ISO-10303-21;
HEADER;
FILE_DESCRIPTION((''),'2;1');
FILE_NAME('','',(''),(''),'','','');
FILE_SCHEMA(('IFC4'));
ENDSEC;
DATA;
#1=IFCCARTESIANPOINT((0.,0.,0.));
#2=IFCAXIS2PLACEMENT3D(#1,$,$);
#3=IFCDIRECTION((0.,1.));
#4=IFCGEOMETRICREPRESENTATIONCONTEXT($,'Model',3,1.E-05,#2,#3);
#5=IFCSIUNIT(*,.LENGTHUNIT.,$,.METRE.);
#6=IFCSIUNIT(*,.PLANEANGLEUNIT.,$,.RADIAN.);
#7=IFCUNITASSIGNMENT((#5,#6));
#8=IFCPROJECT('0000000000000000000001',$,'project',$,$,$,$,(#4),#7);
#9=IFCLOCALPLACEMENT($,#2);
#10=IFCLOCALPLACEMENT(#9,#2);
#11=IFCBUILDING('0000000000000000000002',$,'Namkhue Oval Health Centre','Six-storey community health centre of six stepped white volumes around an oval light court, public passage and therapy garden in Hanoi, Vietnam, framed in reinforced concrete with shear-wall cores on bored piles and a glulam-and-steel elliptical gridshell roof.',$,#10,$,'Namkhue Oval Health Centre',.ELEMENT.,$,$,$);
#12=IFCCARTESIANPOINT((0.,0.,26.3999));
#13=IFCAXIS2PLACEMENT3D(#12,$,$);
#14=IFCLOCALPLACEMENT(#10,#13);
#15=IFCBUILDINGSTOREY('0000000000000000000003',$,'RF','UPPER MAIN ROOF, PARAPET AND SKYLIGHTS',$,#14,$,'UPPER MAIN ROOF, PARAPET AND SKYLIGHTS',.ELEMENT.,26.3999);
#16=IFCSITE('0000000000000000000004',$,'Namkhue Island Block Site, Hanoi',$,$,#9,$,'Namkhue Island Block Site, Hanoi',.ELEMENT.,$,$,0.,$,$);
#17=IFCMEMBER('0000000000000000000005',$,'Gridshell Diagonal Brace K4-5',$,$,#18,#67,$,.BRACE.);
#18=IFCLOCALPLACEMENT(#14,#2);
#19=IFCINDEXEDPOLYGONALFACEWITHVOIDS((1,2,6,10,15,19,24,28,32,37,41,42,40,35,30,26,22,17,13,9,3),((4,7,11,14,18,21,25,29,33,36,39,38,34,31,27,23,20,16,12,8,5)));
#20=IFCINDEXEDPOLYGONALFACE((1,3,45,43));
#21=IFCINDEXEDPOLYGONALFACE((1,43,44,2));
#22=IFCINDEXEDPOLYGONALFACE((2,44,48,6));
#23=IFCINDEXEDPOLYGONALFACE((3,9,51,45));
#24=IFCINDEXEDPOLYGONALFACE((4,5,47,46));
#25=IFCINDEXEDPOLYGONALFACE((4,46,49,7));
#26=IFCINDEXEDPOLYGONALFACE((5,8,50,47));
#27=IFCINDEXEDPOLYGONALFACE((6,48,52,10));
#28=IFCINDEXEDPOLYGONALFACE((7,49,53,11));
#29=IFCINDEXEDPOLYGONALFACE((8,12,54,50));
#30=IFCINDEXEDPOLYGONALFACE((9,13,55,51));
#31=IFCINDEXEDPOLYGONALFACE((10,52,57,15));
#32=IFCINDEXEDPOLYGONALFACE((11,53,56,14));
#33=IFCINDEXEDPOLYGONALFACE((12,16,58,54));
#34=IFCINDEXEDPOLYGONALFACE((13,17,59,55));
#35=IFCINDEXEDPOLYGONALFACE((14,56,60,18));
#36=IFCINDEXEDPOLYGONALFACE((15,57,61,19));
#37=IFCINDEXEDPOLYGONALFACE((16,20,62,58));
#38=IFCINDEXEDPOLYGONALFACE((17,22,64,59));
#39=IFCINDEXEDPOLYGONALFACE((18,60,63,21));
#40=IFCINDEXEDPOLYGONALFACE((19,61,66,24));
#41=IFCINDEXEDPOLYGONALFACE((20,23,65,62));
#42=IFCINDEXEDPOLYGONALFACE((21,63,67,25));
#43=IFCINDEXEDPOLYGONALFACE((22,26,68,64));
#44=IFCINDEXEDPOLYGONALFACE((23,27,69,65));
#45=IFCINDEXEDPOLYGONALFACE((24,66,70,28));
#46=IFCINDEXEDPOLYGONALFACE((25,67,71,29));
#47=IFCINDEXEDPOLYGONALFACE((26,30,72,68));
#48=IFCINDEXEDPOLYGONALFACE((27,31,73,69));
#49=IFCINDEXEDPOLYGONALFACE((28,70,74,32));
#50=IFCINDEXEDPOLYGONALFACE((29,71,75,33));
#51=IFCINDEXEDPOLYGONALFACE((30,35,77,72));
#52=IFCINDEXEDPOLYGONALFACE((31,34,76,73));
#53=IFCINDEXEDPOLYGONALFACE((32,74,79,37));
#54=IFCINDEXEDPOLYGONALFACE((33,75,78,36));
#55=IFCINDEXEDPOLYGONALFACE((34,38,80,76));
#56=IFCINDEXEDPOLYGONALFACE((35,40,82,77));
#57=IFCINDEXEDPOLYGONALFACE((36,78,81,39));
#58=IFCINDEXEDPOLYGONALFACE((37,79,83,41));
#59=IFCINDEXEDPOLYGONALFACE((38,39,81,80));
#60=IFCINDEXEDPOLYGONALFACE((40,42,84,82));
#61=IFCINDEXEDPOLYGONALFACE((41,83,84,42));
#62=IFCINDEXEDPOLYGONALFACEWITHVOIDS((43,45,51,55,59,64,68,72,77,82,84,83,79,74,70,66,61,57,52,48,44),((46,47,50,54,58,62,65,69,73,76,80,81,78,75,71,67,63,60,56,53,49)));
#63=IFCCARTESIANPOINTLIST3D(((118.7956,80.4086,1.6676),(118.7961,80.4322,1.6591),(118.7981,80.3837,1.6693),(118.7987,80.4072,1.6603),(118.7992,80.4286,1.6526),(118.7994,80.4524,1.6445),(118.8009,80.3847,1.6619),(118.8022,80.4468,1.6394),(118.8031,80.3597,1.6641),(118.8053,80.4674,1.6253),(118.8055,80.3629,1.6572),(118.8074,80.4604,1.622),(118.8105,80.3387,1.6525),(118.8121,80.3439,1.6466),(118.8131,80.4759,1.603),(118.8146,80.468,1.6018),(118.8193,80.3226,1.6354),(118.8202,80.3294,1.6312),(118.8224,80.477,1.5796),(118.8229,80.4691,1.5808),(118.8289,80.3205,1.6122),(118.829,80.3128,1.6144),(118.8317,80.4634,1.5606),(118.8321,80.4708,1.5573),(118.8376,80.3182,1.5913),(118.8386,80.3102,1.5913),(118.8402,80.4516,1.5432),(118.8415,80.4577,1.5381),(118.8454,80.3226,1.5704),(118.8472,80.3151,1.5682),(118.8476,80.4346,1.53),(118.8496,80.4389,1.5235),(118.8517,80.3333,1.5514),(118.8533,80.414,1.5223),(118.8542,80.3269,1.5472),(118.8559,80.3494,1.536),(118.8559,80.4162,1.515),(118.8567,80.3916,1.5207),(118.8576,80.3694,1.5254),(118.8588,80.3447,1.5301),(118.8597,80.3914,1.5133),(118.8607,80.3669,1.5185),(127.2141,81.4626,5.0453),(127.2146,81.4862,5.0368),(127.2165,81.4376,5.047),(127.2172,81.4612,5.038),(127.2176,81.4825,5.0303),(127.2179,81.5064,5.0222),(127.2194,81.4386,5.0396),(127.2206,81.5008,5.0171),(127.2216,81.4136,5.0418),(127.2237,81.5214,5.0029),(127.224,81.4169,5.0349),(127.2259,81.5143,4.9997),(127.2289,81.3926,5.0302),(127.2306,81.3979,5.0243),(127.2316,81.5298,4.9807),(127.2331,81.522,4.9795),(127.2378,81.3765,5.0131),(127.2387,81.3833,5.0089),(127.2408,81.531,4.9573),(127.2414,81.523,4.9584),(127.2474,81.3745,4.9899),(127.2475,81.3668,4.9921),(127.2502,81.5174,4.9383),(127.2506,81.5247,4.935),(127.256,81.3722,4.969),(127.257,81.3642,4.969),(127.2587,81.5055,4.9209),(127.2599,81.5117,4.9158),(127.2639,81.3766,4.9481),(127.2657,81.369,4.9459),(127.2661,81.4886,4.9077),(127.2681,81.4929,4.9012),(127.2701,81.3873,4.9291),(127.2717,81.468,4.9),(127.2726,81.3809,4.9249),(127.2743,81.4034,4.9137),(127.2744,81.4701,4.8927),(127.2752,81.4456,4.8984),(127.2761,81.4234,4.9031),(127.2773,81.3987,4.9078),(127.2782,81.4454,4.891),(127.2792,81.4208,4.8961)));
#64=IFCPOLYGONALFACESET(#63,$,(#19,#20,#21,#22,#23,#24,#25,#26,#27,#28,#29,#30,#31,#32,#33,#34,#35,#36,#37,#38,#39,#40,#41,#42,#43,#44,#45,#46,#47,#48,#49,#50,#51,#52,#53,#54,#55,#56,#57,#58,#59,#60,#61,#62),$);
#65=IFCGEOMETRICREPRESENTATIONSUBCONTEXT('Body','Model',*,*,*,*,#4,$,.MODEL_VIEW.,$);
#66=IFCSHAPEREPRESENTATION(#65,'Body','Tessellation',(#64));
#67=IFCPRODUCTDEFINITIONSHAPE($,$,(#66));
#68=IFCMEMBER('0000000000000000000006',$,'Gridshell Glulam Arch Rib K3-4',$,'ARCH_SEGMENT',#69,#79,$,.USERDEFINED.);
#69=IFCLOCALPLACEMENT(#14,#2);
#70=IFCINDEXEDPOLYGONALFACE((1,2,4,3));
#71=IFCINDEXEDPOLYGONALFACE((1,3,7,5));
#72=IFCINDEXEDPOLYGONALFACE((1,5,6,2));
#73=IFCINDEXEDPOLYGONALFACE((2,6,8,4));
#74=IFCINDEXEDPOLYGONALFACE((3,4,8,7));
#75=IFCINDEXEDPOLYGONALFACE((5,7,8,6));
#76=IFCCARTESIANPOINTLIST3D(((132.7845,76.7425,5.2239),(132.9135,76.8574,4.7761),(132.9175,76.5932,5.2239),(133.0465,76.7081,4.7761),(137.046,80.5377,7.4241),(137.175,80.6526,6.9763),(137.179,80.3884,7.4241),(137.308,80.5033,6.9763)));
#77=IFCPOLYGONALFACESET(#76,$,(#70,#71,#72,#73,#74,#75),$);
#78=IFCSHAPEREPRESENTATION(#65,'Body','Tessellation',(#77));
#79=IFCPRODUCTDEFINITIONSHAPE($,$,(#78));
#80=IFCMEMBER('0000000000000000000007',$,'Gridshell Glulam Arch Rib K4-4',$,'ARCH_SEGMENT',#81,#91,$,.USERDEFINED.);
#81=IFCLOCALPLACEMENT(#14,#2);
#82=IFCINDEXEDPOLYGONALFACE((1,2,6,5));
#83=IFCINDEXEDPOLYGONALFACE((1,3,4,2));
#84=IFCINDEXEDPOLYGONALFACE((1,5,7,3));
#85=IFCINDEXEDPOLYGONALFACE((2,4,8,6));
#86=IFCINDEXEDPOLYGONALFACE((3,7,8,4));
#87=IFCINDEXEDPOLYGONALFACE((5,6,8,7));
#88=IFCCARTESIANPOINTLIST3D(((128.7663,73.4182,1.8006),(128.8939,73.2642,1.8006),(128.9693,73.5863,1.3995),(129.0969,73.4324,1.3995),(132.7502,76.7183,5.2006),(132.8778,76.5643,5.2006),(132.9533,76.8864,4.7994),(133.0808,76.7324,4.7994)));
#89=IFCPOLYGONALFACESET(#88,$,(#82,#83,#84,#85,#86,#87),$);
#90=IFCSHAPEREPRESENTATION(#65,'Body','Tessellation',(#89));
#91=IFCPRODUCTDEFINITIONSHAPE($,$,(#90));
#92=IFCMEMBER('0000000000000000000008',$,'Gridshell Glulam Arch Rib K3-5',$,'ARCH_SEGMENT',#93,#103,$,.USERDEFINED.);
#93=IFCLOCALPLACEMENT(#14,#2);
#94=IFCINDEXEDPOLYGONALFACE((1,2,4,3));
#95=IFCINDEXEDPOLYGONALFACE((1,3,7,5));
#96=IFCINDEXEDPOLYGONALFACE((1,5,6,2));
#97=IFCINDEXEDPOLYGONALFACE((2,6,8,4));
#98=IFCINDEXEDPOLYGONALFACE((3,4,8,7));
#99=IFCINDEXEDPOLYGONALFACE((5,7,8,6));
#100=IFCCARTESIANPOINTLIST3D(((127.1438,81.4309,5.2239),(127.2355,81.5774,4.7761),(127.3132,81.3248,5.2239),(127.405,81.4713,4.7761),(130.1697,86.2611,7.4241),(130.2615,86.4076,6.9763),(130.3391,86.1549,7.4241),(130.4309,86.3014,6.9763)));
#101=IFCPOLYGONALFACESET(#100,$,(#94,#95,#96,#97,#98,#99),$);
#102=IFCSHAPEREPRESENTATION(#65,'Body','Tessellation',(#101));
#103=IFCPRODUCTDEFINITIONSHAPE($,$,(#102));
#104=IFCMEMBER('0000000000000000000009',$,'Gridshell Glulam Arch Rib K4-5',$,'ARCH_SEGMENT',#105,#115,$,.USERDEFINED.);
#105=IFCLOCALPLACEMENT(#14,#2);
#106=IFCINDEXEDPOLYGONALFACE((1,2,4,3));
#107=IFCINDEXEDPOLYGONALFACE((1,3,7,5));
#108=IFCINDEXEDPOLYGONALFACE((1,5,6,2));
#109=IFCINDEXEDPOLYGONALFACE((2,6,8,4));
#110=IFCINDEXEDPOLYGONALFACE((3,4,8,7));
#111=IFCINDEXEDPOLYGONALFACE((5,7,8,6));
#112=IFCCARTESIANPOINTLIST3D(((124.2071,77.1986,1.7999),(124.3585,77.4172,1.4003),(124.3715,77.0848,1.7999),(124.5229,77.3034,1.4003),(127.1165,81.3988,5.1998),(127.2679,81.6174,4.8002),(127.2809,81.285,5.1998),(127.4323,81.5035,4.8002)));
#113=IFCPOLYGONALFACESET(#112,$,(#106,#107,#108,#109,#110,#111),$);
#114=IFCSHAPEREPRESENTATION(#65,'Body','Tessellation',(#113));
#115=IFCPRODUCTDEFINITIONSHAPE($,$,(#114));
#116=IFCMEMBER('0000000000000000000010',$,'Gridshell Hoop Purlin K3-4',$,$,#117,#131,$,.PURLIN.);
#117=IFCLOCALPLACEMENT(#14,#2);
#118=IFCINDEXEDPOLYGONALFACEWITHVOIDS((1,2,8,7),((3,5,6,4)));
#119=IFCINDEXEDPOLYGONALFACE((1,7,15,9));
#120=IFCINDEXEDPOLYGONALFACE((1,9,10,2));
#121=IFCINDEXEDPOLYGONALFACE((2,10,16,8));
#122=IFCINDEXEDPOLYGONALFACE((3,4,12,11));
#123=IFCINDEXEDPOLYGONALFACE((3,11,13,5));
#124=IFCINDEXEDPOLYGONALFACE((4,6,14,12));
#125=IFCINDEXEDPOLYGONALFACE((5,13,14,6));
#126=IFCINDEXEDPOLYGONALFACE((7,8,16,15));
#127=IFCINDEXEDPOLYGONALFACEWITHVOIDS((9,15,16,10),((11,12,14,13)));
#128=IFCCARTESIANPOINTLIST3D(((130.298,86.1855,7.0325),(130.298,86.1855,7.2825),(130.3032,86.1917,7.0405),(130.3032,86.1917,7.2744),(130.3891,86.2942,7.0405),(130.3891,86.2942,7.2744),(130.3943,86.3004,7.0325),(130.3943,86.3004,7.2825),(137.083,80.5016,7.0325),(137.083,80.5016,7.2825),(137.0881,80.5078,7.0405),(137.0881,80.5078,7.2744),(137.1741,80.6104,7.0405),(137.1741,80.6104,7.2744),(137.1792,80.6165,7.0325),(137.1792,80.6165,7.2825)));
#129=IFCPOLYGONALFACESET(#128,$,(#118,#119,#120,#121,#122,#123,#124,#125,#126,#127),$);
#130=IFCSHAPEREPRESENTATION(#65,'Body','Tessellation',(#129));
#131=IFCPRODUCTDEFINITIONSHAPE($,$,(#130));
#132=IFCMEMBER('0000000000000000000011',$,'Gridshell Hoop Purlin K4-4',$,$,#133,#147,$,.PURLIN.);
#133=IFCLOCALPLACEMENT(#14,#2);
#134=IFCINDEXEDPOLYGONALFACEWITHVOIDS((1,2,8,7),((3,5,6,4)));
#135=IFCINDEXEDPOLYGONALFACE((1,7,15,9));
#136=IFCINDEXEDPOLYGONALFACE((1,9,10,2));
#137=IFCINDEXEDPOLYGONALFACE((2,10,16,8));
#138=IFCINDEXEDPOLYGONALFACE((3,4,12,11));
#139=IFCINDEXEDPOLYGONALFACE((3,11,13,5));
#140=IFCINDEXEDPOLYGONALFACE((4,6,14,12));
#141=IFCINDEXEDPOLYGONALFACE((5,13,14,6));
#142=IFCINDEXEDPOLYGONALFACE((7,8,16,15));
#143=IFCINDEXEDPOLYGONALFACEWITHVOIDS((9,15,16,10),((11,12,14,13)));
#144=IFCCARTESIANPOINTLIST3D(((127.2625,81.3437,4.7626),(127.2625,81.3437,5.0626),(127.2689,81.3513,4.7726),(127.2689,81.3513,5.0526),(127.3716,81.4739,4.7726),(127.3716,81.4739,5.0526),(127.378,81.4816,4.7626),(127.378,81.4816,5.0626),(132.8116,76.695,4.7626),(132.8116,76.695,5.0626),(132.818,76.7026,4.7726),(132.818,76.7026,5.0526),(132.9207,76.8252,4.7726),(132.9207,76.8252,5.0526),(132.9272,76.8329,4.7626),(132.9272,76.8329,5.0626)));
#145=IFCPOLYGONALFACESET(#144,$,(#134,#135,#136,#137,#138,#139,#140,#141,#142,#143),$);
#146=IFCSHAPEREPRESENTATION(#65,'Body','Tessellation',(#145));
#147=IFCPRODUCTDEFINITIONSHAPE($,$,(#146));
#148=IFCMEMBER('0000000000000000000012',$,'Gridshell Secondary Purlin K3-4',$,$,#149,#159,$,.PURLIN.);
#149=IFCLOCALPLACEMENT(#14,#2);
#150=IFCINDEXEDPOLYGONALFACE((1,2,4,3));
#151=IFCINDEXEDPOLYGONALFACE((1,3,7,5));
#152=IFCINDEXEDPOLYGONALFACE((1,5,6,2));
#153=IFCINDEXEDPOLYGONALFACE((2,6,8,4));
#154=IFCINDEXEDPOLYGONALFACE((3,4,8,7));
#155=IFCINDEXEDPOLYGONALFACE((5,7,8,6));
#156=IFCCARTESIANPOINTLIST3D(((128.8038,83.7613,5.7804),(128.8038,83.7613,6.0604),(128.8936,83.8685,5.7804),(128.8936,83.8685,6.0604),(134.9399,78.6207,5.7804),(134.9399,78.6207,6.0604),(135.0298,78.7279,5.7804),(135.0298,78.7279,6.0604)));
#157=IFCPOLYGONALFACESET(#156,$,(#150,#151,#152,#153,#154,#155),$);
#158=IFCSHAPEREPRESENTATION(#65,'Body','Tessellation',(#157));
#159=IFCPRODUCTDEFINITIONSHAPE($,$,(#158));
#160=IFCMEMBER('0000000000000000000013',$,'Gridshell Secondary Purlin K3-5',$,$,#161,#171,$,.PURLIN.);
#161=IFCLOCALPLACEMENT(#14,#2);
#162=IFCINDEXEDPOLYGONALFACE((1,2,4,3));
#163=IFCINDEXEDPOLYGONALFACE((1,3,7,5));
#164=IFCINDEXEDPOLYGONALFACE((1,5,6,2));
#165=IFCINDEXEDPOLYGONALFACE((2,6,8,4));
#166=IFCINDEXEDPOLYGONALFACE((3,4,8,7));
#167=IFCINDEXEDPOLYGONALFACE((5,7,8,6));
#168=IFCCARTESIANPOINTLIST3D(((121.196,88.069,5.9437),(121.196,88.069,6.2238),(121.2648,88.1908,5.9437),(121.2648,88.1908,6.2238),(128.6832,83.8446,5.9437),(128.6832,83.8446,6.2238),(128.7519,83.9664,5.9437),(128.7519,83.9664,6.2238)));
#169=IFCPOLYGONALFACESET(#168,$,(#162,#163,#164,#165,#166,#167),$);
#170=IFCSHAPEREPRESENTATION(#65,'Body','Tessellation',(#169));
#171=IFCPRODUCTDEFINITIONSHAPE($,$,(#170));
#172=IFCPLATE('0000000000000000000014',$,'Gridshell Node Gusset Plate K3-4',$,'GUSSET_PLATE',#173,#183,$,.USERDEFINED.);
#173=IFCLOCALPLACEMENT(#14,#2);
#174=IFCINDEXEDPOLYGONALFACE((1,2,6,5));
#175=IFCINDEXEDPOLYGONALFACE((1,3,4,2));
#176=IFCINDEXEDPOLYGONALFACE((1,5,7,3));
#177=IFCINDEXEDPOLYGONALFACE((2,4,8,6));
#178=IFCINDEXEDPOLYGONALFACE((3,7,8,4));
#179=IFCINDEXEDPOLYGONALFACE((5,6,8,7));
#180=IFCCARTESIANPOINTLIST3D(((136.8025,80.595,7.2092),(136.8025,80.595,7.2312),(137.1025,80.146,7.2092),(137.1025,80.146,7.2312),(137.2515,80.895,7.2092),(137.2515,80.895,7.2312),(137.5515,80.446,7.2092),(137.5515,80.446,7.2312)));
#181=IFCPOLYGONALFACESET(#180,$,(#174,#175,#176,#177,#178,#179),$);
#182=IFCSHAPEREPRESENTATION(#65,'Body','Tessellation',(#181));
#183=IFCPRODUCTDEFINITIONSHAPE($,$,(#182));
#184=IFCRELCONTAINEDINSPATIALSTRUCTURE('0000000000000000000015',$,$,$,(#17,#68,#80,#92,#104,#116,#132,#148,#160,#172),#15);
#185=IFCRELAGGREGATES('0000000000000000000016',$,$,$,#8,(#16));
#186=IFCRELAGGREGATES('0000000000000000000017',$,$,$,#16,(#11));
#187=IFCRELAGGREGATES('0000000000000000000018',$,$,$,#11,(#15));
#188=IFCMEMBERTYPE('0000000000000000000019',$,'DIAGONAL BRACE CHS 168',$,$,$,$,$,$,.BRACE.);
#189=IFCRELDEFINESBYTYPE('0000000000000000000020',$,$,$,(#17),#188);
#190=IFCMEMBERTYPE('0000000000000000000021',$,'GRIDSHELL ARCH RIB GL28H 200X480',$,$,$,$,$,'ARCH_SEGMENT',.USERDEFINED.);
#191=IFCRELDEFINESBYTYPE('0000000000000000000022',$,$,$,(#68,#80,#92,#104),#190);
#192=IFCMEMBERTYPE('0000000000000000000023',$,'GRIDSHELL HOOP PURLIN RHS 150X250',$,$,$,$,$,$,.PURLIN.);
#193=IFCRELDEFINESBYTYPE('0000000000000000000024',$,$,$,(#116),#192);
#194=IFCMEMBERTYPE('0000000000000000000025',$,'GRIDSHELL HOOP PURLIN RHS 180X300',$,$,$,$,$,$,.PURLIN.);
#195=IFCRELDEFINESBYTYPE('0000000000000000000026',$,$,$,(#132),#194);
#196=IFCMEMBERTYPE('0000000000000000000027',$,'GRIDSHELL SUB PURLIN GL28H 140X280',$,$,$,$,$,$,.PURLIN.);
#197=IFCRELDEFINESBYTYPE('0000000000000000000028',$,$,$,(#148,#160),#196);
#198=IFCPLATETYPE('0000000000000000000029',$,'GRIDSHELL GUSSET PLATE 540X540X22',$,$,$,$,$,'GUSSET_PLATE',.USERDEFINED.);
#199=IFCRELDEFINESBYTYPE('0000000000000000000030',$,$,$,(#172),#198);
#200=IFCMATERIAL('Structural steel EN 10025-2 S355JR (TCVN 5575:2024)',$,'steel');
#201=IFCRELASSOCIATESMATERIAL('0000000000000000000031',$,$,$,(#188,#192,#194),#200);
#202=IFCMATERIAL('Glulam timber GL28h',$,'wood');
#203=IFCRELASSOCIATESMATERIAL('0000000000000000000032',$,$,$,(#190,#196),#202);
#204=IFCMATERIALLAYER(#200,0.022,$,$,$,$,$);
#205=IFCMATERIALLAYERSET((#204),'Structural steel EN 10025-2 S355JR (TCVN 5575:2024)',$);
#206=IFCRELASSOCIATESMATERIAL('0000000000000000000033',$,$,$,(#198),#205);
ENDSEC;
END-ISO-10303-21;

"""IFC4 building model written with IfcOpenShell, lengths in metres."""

from ifc_helpers import new_model, si_unit, direction, frame, origin, origin_2d, place, context, subcontext, project, spatial, rectangle, hollow_rectangle, hollow_circle, extrude, material, layer, layer_set, material_profile, profile_set, type_object, element, save


model = new_model("IFC4")

# Units and contexts
model_context = context("Model", 3, precision=1e-05, world=origin(), true_north=direction((0.0, 1.0)))
body_context = subcontext(model_context, "Body", "Model", "MODEL_VIEW")
ifc_project = project(units=[si_unit("LENGTHUNIT", "METRE"), si_unit("PLANEANGLEUNIT", "RADIAN")], contexts=[model_context])

# Site, building, storey
site_placement = place(None, origin())
site = spatial("IfcSite", under=ifc_project, at=site_placement, Name="Namkhue Island Block Site, Hanoi", LongName="Namkhue Island Block Site, Hanoi", CompositionType="ELEMENT", RefElevation=0.0)
building_placement = place(site_placement, origin())
building = spatial("IfcBuilding", under=site, at=building_placement, Name="Namkhue Oval Health Centre", Description="Six-storey community health centre of six stepped white volumes around an oval light court, public passage and therapy garden in Hanoi, Vietnam, framed in reinforced concrete with shear-wall cores on bored piles and a glulam-and-steel elliptical gridshell roof.", LongName="Namkhue Oval Health Centre", CompositionType="ELEMENT")
storey_placement = place(building_placement, frame((0.0, 0.0, 26.3999)))
storey = spatial("IfcBuildingStorey", under=building, at=storey_placement, Name="RF", Description="UPPER MAIN ROOF, PARAPET AND SKYLIGHTS", LongName="UPPER MAIN ROOF, PARAPET AND SKYLIGHTS", CompositionType="ELEMENT", Elevation=26.3999)

# Members
ifc_material_1 = material(Name="Structural steel EN 10025-2 S355JR (TCVN 5575:2024)", Category="steel")
ifc_material_profile_1 = material_profile(ifc_material_1, hollow_circle(Radius=0.0842, WallThickness=0.0081, at=origin_2d()), Name="CHS 168.3x8")
ifc_profile_set_1 = profile_set([ifc_material_profile_1], Name="Structural steel EN 10025-2 S355JR (TCVN 5575:2024)")
member_type_1 = type_object("IfcMemberType", Name="DIAGONAL BRACE CHS 168", PredefinedType="BRACE", material=ifc_profile_set_1)
member_1_placement = place(storey_placement, frame((127.2466, 81.4478, 4.969), z_axis=(-0.921882, -0.115416, -0.369881), x_axis=(0.124226, -0.992254, 0.0)))
element("IfcMember", 1, at=member_1_placement, inside=storey, type_object=member_type_1, Name="Gridshell Diagonal Brace K4-5", PredefinedType="BRACE", context=body_context, shape_type="SweptSolid", body=[
    extrude(hollow_circle(Radius=0.0842, WallThickness=0.0081, at=origin_2d()), origin(), (0.0, 0.0, 1.0), 9.1318),
])
ifc_material_2 = material(Name="Glulam timber GL28h", Category="wood")
ifc_material_profile_2 = material_profile(ifc_material_2, rectangle(XDim=0.2, YDim=0.48, at=origin_2d()), Name="GL28h 200x480")
ifc_profile_set_2 = profile_set([ifc_material_profile_2], Name="Glulam timber GL28h")
member_type_2 = type_object("IfcMemberType", Name="GRIDSHELL ARCH RIB GL28H 200X480", ElementType="ARCH_SEGMENT", PredefinedType="USERDEFINED", material=ifc_profile_set_2)
member_2_placement = place(storey_placement, frame((137.177, 80.5205, 7.2002), z_axis=(-0.696785, -0.62054, -0.35975), x_axis=(0.665067, -0.746783, 0.0)))
element("IfcMember", 2, at=member_2_placement, inside=storey, type_object=member_type_2, Name="Gridshell Glulam Arch Rib K3-4", ObjectType="ARCH_SEGMENT", PredefinedType="USERDEFINED", context=body_context, shape_type="SweptSolid", body=[
    extrude(rectangle(XDim=0.2, YDim=0.48, at=origin_2d()), origin(), (0.0, 0.0, 1.0), 6.116),
])
member_3_placement = place(storey_placement, frame((132.9155, 76.7253, 5.0), z_axis=(-0.643559, -0.533092, -0.549222), x_axis=(0.637916, -0.770106, 0.0)))
element("IfcMember", 3, at=member_3_placement, inside=storey, type_object=member_type_2, Name="Gridshell Glulam Arch Rib K4-4", ObjectType="ARCH_SEGMENT", PredefinedType="USERDEFINED", context=body_context, shape_type="SweptSolid", body=[
    extrude(rectangle(XDim=0.2, YDim=0.48, at=origin_2d()), origin(), (0.0, 0.0, 1.0), 6.1904),
])
member_4_placement = place(storey_placement, frame((130.3003, 86.2812, 7.2002), z_axis=(-0.495271, -0.79058, -0.360125), x_axis=(0.84744, -0.530892, 0.0)))
element("IfcMember", 4, at=member_4_placement, inside=storey, type_object=member_type_2, Name="Gridshell Glulam Arch Rib K3-5", ObjectType="ARCH_SEGMENT", PredefinedType="USERDEFINED", context=body_context, shape_type="SweptSolid", body=[
    extrude(rectangle(XDim=0.2, YDim=0.48, at=origin_2d()), origin(), (0.0, 0.0, 1.0), 6.1096),
])
member_5_placement = place(storey_placement, frame((127.2744, 81.4512, 5.0), z_axis=(-0.474061, -0.684378, -0.553979), x_axis=(0.822046, -0.569421, 0.0)))
element("IfcMember", 5, at=member_5_placement, inside=storey, type_object=member_type_2, Name="Gridshell Glulam Arch Rib K4-5", ObjectType="ARCH_SEGMENT", PredefinedType="USERDEFINED", context=body_context, shape_type="SweptSolid", body=[
    extrude(rectangle(XDim=0.2, YDim=0.48, at=origin_2d()), origin(), (0.0, 0.0, 1.0), 6.1372),
])
ifc_material_profile_3 = material_profile(ifc_material_1, hollow_rectangle(XDim=0.1499, YDim=0.25, WallThickness=0.0081, at=origin_2d()), Name="RHS 150x250x8")
ifc_profile_set_3 = profile_set([ifc_material_profile_3], Name="Structural steel EN 10025-2 S355JR (TCVN 5575:2024)")
member_type_3 = type_object("IfcMemberType", Name="GRIDSHELL HOOP PURLIN RHS 150X250", PredefinedType="PURLIN", material=ifc_profile_set_3)
member_6_placement = place(storey_placement, frame((137.1311, 80.5591, 7.1575), z_axis=(-0.766566, 0.642166, 0.0), x_axis=(-0.642166, -0.766566, 0.0)))
element("IfcMember", 6, at=member_6_placement, inside=storey, type_object=member_type_3, Name="Gridshell Hoop Purlin K3-4", PredefinedType="PURLIN", context=body_context, shape_type="SweptSolid", body=[
    extrude(hollow_rectangle(XDim=0.1499, YDim=0.25, WallThickness=0.0081, at=origin_2d()), origin(), (0.0, 0.0, 1.0), 8.8511),
])
ifc_material_profile_4 = material_profile(ifc_material_1, hollow_rectangle(XDim=0.1799, YDim=0.3, WallThickness=0.01, at=origin_2d()), Name="RHS 180x300x10")
ifc_profile_set_4 = profile_set([ifc_material_profile_4], Name="Structural steel EN 10025-2 S355JR (TCVN 5575:2024)")
member_type_4 = type_object("IfcMemberType", Name="GRIDSHELL HOOP PURLIN RHS 180X300", PredefinedType="PURLIN", material=ifc_profile_set_4)
member_7_placement = place(storey_placement, frame((132.8694, 76.7639, 4.9126), z_axis=(-0.766557, 0.642176, 0.0), x_axis=(-0.642176, -0.766557, 0.0)))
element("IfcMember", 7, at=member_7_placement, inside=storey, type_object=member_type_4, Name="Gridshell Hoop Purlin K4-4", PredefinedType="PURLIN", context=body_context, shape_type="SweptSolid", body=[
    extrude(hollow_rectangle(XDim=0.1799, YDim=0.3, WallThickness=0.01, at=origin_2d()), origin(), (0.0, 0.0, 1.0), 7.239),
])
ifc_material_profile_5 = material_profile(ifc_material_2, rectangle(XDim=0.1399, YDim=0.28, at=origin_2d()), Name="GL28h 140x280")
ifc_profile_set_5 = profile_set([ifc_material_profile_5], Name="Glulam timber GL28h")
member_type_5 = type_object("IfcMemberType", Name="GRIDSHELL SUB PURLIN GL28H 140X280", PredefinedType="PURLIN", material=ifc_profile_set_5)
member_8_placement = place(storey_placement, frame((134.9849, 78.6743, 5.9204), z_axis=(-0.766554, 0.64218, 0.0), x_axis=(-0.64218, -0.766554, 0.0)))
element("IfcMember", 8, at=member_8_placement, inside=storey, type_object=member_type_5, Name="Gridshell Secondary Purlin K3-4", PredefinedType="PURLIN", context=body_context, shape_type="SweptSolid", body=[
    extrude(rectangle(XDim=0.1399, YDim=0.28, at=origin_2d()), origin(), (0.0, 0.0, 1.0), 8.0049),
])
member_9_placement = place(storey_placement, frame((128.7175, 83.9055, 6.0837), z_axis=(-0.870934, 0.4914, 0.0), x_axis=(-0.4914, -0.870934, 0.0)))
element("IfcMember", 9, at=member_9_placement, inside=storey, type_object=member_type_5, Name="Gridshell Secondary Purlin K3-5", PredefinedType="PURLIN", context=body_context, shape_type="SweptSolid", body=[
    extrude(rectangle(XDim=0.1399, YDim=0.28, at=origin_2d()), origin(), (0.0, 0.0, 1.0), 8.5967),
])

# Plate
ifc_layer_1 = layer(ifc_material_1, 0.022)
ifc_layer_set_1 = layer_set([ifc_layer_1], Name="Structural steel EN 10025-2 S355JR (TCVN 5575:2024)")
plate_type_1 = type_object("IfcPlateType", Name="GRIDSHELL GUSSET PLATE 540X540X22", ElementType="GUSSET_PLATE", PredefinedType="USERDEFINED", material=ifc_layer_set_1)
for number, where, z_axis, x_axis, name in (
    (10, (137.177, 80.5205, 7.2092), (0.0, 0.0, 1.0), (0.83147, 0.55557, 0.0), "Gridshell Node Gusset Plate K3-4"),
):
    element("IfcPlate", number, at=place(storey_placement, frame(where, z_axis=z_axis, x_axis=x_axis)), inside=storey, type_object=plate_type_1, Name=name, ObjectType="GUSSET_PLATE", PredefinedType="USERDEFINED", context=body_context, shape_type="SweptSolid", body=[
        extrude(rectangle(XDim=0.54, YDim=0.54, at=origin_2d()), origin(), (0.0, 0.0, 1.0), 0.022),
    ])

save(model, "model.ifc")
